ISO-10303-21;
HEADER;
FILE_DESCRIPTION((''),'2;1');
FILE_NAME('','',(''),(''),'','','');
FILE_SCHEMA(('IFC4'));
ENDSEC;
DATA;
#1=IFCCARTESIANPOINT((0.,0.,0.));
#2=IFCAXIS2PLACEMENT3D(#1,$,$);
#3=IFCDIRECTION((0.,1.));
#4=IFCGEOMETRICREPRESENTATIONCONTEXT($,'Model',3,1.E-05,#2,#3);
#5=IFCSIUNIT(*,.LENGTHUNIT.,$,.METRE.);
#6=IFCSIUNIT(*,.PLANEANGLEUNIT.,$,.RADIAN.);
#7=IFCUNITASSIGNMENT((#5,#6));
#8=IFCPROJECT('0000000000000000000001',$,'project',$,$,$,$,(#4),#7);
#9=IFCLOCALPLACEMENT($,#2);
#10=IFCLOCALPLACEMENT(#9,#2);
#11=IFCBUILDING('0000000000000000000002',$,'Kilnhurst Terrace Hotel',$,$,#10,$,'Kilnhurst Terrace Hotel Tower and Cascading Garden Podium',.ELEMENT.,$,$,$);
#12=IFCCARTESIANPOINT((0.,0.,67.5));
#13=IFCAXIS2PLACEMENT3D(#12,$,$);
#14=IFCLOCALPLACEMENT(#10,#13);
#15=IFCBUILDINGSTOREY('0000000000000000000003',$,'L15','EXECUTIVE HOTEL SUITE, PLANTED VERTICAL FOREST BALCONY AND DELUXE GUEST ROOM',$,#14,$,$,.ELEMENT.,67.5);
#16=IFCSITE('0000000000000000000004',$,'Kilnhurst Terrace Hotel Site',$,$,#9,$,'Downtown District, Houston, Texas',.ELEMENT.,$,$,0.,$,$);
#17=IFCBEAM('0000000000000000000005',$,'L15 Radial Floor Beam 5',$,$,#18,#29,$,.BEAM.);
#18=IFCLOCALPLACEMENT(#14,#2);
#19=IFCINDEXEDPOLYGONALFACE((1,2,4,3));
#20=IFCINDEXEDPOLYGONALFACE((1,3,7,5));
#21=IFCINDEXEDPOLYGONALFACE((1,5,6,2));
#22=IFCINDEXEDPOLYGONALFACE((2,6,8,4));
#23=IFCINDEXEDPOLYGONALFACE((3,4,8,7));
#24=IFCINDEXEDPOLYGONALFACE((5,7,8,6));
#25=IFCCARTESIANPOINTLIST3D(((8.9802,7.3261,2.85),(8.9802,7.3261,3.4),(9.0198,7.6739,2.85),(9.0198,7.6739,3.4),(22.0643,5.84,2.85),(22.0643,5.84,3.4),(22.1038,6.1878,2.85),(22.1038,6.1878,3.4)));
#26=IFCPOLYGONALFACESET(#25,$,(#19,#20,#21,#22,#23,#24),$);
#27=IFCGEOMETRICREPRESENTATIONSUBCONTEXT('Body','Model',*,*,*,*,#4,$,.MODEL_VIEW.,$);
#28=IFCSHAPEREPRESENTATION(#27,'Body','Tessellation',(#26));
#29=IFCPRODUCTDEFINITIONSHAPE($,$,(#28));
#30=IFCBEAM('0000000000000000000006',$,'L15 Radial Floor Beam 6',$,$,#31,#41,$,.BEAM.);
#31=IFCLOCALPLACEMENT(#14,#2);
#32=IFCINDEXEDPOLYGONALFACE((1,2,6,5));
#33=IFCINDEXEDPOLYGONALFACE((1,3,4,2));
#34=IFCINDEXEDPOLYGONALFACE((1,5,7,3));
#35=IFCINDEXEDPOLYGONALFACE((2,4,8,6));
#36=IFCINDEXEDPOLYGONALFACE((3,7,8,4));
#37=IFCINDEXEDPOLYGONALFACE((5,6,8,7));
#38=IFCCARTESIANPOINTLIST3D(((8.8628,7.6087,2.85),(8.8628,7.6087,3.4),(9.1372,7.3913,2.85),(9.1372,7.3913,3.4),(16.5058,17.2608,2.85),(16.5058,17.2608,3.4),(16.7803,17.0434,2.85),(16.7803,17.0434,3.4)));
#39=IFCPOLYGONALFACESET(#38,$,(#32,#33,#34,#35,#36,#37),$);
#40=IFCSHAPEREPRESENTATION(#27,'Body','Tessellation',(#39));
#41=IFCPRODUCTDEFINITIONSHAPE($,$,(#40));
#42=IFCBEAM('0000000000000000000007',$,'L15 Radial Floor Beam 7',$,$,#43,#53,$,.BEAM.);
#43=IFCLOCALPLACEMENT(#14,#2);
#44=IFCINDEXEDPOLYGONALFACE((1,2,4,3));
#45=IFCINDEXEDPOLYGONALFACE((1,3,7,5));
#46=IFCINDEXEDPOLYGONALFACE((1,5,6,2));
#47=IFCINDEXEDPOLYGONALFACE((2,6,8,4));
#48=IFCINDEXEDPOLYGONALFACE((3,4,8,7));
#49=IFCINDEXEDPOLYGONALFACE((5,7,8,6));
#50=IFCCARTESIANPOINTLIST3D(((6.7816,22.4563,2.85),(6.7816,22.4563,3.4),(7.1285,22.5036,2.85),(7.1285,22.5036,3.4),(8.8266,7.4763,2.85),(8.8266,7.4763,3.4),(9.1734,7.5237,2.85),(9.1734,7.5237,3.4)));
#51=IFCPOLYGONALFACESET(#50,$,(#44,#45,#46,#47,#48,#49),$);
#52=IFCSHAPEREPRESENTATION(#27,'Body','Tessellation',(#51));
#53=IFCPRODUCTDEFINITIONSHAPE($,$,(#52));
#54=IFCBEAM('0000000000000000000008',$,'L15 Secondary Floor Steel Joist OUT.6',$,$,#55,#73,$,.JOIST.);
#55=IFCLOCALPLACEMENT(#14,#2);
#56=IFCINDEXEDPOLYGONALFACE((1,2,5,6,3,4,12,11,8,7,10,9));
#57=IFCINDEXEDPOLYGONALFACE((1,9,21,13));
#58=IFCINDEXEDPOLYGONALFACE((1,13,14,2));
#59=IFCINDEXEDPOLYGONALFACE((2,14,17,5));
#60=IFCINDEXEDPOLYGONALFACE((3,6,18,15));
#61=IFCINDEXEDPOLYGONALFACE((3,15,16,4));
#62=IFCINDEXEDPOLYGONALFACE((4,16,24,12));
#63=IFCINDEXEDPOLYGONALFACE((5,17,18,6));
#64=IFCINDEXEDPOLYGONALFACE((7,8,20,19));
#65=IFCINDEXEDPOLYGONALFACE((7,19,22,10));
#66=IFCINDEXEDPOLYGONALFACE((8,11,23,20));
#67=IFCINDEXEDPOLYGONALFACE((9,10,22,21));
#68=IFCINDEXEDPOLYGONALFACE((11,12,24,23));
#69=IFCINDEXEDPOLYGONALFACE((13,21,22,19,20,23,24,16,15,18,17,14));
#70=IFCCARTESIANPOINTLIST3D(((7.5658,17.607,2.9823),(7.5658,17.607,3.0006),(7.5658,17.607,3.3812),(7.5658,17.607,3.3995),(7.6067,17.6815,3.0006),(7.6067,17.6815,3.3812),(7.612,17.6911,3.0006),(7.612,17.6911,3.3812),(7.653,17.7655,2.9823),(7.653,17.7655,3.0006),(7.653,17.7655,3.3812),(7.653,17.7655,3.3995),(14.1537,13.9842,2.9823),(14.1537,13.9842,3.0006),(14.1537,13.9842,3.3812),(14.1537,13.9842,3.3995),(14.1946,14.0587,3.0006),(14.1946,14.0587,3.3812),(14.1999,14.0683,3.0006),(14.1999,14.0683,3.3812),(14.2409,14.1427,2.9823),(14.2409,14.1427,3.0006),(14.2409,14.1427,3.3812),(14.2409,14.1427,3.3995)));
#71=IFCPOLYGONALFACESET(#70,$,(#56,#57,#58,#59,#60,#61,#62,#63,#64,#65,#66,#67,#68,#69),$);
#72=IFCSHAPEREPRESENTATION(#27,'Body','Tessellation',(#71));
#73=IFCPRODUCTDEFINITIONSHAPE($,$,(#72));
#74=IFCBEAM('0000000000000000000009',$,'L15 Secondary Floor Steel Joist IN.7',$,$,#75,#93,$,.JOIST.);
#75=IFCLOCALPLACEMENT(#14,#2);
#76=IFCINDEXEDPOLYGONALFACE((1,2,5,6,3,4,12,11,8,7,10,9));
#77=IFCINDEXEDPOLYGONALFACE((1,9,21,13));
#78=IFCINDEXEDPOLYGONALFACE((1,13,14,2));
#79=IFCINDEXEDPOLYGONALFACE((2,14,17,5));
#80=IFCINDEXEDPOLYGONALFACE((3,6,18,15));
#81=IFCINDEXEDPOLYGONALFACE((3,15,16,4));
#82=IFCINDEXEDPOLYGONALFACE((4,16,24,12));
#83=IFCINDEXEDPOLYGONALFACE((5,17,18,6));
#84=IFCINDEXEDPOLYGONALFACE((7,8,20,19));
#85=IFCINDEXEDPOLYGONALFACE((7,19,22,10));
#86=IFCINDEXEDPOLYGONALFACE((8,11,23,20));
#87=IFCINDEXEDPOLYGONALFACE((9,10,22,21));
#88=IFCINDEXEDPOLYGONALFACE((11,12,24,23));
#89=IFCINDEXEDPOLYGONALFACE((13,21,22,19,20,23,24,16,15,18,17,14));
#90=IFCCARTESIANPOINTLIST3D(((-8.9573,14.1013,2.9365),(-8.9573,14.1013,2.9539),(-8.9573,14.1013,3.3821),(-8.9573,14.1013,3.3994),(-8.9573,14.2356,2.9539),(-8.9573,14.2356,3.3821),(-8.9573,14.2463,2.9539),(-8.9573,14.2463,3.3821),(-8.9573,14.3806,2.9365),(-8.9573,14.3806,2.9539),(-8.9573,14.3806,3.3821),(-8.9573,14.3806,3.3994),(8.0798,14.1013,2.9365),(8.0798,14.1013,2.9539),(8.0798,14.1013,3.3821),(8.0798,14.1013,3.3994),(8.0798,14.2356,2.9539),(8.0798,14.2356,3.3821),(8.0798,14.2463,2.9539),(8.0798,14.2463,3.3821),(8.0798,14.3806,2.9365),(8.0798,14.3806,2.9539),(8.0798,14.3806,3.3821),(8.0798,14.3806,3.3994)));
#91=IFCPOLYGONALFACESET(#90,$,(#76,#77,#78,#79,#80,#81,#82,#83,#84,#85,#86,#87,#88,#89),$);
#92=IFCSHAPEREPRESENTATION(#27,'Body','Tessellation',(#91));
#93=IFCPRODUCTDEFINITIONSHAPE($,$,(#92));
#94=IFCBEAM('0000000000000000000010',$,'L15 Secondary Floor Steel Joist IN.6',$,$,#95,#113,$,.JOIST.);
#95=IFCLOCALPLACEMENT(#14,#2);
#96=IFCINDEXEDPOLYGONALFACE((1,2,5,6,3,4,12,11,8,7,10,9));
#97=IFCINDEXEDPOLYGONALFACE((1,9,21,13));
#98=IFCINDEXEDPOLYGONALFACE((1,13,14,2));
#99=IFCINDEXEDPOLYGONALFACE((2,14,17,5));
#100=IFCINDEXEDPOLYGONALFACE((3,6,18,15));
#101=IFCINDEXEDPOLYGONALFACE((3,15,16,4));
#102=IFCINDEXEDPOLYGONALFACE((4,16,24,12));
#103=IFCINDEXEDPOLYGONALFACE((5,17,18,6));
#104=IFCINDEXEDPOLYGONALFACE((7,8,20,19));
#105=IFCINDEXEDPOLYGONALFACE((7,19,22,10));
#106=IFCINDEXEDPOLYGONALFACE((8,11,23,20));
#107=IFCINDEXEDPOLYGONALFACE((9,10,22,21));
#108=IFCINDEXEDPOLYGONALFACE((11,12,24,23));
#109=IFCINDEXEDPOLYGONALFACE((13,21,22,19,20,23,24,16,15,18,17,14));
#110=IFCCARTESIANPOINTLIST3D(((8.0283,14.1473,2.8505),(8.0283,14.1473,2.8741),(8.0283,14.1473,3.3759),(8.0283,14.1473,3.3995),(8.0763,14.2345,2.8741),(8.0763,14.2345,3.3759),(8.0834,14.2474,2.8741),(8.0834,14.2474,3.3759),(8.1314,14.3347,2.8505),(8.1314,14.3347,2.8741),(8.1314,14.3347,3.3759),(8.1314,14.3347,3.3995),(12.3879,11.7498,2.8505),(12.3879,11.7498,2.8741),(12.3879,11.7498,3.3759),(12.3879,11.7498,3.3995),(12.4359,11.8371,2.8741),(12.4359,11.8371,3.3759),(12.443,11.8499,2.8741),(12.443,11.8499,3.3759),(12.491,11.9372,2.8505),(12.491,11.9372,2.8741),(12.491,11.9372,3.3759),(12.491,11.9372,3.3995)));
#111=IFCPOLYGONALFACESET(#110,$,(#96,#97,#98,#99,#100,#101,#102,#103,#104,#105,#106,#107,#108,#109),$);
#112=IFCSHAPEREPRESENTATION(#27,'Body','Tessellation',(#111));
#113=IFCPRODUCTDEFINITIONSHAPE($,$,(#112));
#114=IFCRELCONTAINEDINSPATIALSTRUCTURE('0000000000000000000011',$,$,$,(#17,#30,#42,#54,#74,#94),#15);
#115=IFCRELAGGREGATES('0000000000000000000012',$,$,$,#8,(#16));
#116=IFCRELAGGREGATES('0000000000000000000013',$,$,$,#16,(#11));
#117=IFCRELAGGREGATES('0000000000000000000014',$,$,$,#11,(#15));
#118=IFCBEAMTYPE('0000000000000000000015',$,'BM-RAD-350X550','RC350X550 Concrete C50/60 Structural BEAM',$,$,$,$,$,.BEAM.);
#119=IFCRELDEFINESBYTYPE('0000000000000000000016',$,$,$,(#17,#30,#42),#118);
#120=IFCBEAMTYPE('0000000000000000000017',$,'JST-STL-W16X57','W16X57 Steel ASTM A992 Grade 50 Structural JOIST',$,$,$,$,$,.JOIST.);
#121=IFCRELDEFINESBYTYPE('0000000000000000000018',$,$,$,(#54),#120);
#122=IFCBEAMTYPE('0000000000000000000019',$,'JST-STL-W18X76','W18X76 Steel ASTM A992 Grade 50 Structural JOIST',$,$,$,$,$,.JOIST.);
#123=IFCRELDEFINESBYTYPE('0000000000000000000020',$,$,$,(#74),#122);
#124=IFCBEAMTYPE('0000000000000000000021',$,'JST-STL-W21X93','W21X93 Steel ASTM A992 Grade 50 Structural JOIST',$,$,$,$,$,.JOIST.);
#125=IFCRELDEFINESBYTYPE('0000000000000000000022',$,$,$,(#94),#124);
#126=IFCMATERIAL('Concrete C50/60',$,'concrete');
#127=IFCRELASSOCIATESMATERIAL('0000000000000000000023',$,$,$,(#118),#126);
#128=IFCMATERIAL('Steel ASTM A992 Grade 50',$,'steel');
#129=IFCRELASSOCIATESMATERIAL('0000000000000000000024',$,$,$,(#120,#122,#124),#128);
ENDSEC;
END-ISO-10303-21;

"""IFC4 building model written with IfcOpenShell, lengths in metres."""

from ifc_helpers import new_model, si_unit, direction, frame, origin, origin_2d, place, context, subcontext, project, spatial, rectangle, i_section, extrude, material, material_profile, profile_set, type_object, element, save


model = new_model("IFC4")

# Units and contexts
model_context = context("Model", 3, precision=1e-05, world=origin(), true_north=direction((0.0, 1.0)))
body_context = subcontext(model_context, "Body", "Model", "MODEL_VIEW")
ifc_project = project(units=[si_unit("LENGTHUNIT", "METRE"), si_unit("PLANEANGLEUNIT", "RADIAN")], contexts=[model_context])

# Site, building, storey
site_placement = place(None, origin())
site = spatial("IfcSite", under=ifc_project, at=site_placement, Name="Kilnhurst Terrace Hotel Site", LongName="Downtown District, Houston, Texas", CompositionType="ELEMENT", RefElevation=0.0)
building_placement = place(site_placement, origin())
building = spatial("IfcBuilding", under=site, at=building_placement, Name="Kilnhurst Terrace Hotel", LongName="Kilnhurst Terrace Hotel Tower and Cascading Garden Podium", CompositionType="ELEMENT")
storey_placement = place(building_placement, frame((0.0, 0.0, 67.5)))
storey = spatial("IfcBuildingStorey", under=building, at=storey_placement, Name="L15", Description="EXECUTIVE HOTEL SUITE, PLANTED VERTICAL FOREST BALCONY AND DELUXE GUEST ROOM", CompositionType="ELEMENT", Elevation=67.5)

# Beams
ifc_material_1 = material(Name="Concrete C50/60", Category="concrete")
ifc_material_profile_1 = material_profile(ifc_material_1, rectangle(XDim=0.3501, YDim=0.55, at=origin_2d()), Name="RC350X550")
ifc_profile_set_1 = profile_set([ifc_material_profile_1], Name="Concrete C50/60")
beam_type_1 = type_object("IfcBeamType", Name="BM-RAD-350X550", Description="RC350X550 Concrete C50/60 Structural BEAM", PredefinedType="BEAM", material=ifc_profile_set_1)
beam_1_placement = place(storey_placement, frame((9.0, 7.5, 3.125), z_axis=(0.993611, -0.112855, 0.0), x_axis=(0.112855, 0.993611, 0.0)))
element("IfcBeam", 1, at=beam_1_placement, inside=storey, type_object=beam_type_1, Name="L15 Radial Floor Beam 5", PredefinedType="BEAM", context=body_context, shape_type="SweptSolid", body=[
    extrude(rectangle(XDim=0.3501, YDim=0.55, at=origin_2d()), origin(), (0.0, 0.0, 1.0), 13.1682),
])
beam_2_placement = place(storey_placement, frame((9.0, 7.5, 3.125), z_axis=(0.620794, 0.783974, 0.0), x_axis=(-0.783974, 0.620794, 0.0)))
element("IfcBeam", 2, at=beam_2_placement, inside=storey, type_object=beam_type_1, Name="L15 Radial Floor Beam 6", PredefinedType="BEAM", context=body_context, shape_type="SweptSolid", body=[
    extrude(rectangle(XDim=0.3501, YDim=0.55, at=origin_2d()), origin(), (0.0, 0.0, 1.0), 12.3118),
])
beam_3_placement = place(storey_placement, frame((9.0, 7.5, 3.125), z_axis=(-0.135256, 0.990811, 0.0), x_axis=(-0.990811, -0.135256, 0.0)))
element("IfcBeam", 3, at=beam_3_placement, inside=storey, type_object=beam_type_1, Name="L15 Radial Floor Beam 7", PredefinedType="BEAM", context=body_context, shape_type="SweptSolid", body=[
    extrude(rectangle(XDim=0.3501, YDim=0.55, at=origin_2d()), origin(), (0.0, 0.0, 1.0), 15.1189),
])
ifc_material_2 = material(Name="Steel ASTM A992 Grade 50", Category="steel")
ifc_material_profile_2 = material_profile(ifc_material_2, i_section(OverallWidth=0.1809, OverallDepth=0.4172, WebThickness=0.011, FlangeThickness=0.0183, at=origin_2d()), Name="W16X57")
ifc_profile_set_2 = profile_set([ifc_material_profile_2], Name="Steel ASTM A992 Grade 50")
beam_type_2 = type_object("IfcBeamType", Name="JST-STL-W16X57", Description="W16X57 Steel ASTM A992 Grade 50 Structural JOIST", PredefinedType="JOIST", material=ifc_profile_set_2)
beam_4_placement = place(storey_placement, frame((14.1973, 14.0635, 3.1909), z_axis=(-0.876246, 0.481864, 0.0), x_axis=(-0.481864, -0.876246, 0.0)))
element("IfcBeam", 4, at=beam_4_placement, inside=storey, type_object=beam_type_2, Name="L15 Secondary Floor Steel Joist OUT.6", PredefinedType="JOIST", context=body_context, shape_type="SweptSolid", body=[
    extrude(i_section(OverallWidth=0.1809, OverallDepth=0.4172, WebThickness=0.011, FlangeThickness=0.0183, at=origin_2d()), origin(), (0.0, 0.0, 1.0), 7.5183),
])
ifc_material_profile_3 = material_profile(ifc_material_2, i_section(OverallWidth=0.2793, OverallDepth=0.4629, WebThickness=0.0107, FlangeThickness=0.0173, at=origin_2d()), Name="W18X76")
ifc_profile_set_3 = profile_set([ifc_material_profile_3], Name="Steel ASTM A992 Grade 50")
beam_type_3 = type_object("IfcBeamType", Name="JST-STL-W18X76", Description="W18X76 Steel ASTM A992 Grade 50 Structural JOIST", PredefinedType="JOIST", material=ifc_profile_set_3)
beam_5_placement = place(storey_placement, frame((8.0798, 14.241, 3.168), z_axis=(-1.0, 0.0, 0.0), x_axis=(0.0, -1.0, 0.0)))
element("IfcBeam", 5, at=beam_5_placement, inside=storey, type_object=beam_type_3, Name="L15 Secondary Floor Steel Joist IN.7", PredefinedType="JOIST", context=body_context, shape_type="SweptSolid", body=[
    extrude(i_section(OverallWidth=0.2793, OverallDepth=0.4629, WebThickness=0.0107, FlangeThickness=0.0173, at=origin_2d()), origin(), (0.0, 0.0, 1.0), 17.0371),
])
ifc_material_profile_4 = material_profile(ifc_material_2, i_section(OverallWidth=0.2139, OverallDepth=0.5491, WebThickness=0.0146, FlangeThickness=0.0237, at=origin_2d()), Name="W21X93")
ifc_profile_set_4 = profile_set([ifc_material_profile_4], Name="Steel ASTM A992 Grade 50")
beam_type_4 = type_object("IfcBeamType", Name="JST-STL-W21X93", Description="W21X93 Steel ASTM A992 Grade 50 Structural JOIST", PredefinedType="JOIST", material=ifc_profile_set_4)
beam_6_placement = place(storey_placement, frame((12.4395, 11.8435, 3.125), z_axis=(-0.876244, 0.481868, 0.0), x_axis=(-0.481868, -0.876244, 0.0)))
element("IfcBeam", 6, at=beam_6_placement, inside=storey, type_object=beam_type_4, Name="L15 Secondary Floor Steel Joist IN.6", PredefinedType="JOIST", context=body_context, shape_type="SweptSolid", body=[
    extrude(i_section(OverallWidth=0.2139, OverallDepth=0.5491, WebThickness=0.0146, FlangeThickness=0.0237, at=origin_2d()), origin(), (0.0, 0.0, 1.0), 4.9753),
])

save(model, "model.ifc")
